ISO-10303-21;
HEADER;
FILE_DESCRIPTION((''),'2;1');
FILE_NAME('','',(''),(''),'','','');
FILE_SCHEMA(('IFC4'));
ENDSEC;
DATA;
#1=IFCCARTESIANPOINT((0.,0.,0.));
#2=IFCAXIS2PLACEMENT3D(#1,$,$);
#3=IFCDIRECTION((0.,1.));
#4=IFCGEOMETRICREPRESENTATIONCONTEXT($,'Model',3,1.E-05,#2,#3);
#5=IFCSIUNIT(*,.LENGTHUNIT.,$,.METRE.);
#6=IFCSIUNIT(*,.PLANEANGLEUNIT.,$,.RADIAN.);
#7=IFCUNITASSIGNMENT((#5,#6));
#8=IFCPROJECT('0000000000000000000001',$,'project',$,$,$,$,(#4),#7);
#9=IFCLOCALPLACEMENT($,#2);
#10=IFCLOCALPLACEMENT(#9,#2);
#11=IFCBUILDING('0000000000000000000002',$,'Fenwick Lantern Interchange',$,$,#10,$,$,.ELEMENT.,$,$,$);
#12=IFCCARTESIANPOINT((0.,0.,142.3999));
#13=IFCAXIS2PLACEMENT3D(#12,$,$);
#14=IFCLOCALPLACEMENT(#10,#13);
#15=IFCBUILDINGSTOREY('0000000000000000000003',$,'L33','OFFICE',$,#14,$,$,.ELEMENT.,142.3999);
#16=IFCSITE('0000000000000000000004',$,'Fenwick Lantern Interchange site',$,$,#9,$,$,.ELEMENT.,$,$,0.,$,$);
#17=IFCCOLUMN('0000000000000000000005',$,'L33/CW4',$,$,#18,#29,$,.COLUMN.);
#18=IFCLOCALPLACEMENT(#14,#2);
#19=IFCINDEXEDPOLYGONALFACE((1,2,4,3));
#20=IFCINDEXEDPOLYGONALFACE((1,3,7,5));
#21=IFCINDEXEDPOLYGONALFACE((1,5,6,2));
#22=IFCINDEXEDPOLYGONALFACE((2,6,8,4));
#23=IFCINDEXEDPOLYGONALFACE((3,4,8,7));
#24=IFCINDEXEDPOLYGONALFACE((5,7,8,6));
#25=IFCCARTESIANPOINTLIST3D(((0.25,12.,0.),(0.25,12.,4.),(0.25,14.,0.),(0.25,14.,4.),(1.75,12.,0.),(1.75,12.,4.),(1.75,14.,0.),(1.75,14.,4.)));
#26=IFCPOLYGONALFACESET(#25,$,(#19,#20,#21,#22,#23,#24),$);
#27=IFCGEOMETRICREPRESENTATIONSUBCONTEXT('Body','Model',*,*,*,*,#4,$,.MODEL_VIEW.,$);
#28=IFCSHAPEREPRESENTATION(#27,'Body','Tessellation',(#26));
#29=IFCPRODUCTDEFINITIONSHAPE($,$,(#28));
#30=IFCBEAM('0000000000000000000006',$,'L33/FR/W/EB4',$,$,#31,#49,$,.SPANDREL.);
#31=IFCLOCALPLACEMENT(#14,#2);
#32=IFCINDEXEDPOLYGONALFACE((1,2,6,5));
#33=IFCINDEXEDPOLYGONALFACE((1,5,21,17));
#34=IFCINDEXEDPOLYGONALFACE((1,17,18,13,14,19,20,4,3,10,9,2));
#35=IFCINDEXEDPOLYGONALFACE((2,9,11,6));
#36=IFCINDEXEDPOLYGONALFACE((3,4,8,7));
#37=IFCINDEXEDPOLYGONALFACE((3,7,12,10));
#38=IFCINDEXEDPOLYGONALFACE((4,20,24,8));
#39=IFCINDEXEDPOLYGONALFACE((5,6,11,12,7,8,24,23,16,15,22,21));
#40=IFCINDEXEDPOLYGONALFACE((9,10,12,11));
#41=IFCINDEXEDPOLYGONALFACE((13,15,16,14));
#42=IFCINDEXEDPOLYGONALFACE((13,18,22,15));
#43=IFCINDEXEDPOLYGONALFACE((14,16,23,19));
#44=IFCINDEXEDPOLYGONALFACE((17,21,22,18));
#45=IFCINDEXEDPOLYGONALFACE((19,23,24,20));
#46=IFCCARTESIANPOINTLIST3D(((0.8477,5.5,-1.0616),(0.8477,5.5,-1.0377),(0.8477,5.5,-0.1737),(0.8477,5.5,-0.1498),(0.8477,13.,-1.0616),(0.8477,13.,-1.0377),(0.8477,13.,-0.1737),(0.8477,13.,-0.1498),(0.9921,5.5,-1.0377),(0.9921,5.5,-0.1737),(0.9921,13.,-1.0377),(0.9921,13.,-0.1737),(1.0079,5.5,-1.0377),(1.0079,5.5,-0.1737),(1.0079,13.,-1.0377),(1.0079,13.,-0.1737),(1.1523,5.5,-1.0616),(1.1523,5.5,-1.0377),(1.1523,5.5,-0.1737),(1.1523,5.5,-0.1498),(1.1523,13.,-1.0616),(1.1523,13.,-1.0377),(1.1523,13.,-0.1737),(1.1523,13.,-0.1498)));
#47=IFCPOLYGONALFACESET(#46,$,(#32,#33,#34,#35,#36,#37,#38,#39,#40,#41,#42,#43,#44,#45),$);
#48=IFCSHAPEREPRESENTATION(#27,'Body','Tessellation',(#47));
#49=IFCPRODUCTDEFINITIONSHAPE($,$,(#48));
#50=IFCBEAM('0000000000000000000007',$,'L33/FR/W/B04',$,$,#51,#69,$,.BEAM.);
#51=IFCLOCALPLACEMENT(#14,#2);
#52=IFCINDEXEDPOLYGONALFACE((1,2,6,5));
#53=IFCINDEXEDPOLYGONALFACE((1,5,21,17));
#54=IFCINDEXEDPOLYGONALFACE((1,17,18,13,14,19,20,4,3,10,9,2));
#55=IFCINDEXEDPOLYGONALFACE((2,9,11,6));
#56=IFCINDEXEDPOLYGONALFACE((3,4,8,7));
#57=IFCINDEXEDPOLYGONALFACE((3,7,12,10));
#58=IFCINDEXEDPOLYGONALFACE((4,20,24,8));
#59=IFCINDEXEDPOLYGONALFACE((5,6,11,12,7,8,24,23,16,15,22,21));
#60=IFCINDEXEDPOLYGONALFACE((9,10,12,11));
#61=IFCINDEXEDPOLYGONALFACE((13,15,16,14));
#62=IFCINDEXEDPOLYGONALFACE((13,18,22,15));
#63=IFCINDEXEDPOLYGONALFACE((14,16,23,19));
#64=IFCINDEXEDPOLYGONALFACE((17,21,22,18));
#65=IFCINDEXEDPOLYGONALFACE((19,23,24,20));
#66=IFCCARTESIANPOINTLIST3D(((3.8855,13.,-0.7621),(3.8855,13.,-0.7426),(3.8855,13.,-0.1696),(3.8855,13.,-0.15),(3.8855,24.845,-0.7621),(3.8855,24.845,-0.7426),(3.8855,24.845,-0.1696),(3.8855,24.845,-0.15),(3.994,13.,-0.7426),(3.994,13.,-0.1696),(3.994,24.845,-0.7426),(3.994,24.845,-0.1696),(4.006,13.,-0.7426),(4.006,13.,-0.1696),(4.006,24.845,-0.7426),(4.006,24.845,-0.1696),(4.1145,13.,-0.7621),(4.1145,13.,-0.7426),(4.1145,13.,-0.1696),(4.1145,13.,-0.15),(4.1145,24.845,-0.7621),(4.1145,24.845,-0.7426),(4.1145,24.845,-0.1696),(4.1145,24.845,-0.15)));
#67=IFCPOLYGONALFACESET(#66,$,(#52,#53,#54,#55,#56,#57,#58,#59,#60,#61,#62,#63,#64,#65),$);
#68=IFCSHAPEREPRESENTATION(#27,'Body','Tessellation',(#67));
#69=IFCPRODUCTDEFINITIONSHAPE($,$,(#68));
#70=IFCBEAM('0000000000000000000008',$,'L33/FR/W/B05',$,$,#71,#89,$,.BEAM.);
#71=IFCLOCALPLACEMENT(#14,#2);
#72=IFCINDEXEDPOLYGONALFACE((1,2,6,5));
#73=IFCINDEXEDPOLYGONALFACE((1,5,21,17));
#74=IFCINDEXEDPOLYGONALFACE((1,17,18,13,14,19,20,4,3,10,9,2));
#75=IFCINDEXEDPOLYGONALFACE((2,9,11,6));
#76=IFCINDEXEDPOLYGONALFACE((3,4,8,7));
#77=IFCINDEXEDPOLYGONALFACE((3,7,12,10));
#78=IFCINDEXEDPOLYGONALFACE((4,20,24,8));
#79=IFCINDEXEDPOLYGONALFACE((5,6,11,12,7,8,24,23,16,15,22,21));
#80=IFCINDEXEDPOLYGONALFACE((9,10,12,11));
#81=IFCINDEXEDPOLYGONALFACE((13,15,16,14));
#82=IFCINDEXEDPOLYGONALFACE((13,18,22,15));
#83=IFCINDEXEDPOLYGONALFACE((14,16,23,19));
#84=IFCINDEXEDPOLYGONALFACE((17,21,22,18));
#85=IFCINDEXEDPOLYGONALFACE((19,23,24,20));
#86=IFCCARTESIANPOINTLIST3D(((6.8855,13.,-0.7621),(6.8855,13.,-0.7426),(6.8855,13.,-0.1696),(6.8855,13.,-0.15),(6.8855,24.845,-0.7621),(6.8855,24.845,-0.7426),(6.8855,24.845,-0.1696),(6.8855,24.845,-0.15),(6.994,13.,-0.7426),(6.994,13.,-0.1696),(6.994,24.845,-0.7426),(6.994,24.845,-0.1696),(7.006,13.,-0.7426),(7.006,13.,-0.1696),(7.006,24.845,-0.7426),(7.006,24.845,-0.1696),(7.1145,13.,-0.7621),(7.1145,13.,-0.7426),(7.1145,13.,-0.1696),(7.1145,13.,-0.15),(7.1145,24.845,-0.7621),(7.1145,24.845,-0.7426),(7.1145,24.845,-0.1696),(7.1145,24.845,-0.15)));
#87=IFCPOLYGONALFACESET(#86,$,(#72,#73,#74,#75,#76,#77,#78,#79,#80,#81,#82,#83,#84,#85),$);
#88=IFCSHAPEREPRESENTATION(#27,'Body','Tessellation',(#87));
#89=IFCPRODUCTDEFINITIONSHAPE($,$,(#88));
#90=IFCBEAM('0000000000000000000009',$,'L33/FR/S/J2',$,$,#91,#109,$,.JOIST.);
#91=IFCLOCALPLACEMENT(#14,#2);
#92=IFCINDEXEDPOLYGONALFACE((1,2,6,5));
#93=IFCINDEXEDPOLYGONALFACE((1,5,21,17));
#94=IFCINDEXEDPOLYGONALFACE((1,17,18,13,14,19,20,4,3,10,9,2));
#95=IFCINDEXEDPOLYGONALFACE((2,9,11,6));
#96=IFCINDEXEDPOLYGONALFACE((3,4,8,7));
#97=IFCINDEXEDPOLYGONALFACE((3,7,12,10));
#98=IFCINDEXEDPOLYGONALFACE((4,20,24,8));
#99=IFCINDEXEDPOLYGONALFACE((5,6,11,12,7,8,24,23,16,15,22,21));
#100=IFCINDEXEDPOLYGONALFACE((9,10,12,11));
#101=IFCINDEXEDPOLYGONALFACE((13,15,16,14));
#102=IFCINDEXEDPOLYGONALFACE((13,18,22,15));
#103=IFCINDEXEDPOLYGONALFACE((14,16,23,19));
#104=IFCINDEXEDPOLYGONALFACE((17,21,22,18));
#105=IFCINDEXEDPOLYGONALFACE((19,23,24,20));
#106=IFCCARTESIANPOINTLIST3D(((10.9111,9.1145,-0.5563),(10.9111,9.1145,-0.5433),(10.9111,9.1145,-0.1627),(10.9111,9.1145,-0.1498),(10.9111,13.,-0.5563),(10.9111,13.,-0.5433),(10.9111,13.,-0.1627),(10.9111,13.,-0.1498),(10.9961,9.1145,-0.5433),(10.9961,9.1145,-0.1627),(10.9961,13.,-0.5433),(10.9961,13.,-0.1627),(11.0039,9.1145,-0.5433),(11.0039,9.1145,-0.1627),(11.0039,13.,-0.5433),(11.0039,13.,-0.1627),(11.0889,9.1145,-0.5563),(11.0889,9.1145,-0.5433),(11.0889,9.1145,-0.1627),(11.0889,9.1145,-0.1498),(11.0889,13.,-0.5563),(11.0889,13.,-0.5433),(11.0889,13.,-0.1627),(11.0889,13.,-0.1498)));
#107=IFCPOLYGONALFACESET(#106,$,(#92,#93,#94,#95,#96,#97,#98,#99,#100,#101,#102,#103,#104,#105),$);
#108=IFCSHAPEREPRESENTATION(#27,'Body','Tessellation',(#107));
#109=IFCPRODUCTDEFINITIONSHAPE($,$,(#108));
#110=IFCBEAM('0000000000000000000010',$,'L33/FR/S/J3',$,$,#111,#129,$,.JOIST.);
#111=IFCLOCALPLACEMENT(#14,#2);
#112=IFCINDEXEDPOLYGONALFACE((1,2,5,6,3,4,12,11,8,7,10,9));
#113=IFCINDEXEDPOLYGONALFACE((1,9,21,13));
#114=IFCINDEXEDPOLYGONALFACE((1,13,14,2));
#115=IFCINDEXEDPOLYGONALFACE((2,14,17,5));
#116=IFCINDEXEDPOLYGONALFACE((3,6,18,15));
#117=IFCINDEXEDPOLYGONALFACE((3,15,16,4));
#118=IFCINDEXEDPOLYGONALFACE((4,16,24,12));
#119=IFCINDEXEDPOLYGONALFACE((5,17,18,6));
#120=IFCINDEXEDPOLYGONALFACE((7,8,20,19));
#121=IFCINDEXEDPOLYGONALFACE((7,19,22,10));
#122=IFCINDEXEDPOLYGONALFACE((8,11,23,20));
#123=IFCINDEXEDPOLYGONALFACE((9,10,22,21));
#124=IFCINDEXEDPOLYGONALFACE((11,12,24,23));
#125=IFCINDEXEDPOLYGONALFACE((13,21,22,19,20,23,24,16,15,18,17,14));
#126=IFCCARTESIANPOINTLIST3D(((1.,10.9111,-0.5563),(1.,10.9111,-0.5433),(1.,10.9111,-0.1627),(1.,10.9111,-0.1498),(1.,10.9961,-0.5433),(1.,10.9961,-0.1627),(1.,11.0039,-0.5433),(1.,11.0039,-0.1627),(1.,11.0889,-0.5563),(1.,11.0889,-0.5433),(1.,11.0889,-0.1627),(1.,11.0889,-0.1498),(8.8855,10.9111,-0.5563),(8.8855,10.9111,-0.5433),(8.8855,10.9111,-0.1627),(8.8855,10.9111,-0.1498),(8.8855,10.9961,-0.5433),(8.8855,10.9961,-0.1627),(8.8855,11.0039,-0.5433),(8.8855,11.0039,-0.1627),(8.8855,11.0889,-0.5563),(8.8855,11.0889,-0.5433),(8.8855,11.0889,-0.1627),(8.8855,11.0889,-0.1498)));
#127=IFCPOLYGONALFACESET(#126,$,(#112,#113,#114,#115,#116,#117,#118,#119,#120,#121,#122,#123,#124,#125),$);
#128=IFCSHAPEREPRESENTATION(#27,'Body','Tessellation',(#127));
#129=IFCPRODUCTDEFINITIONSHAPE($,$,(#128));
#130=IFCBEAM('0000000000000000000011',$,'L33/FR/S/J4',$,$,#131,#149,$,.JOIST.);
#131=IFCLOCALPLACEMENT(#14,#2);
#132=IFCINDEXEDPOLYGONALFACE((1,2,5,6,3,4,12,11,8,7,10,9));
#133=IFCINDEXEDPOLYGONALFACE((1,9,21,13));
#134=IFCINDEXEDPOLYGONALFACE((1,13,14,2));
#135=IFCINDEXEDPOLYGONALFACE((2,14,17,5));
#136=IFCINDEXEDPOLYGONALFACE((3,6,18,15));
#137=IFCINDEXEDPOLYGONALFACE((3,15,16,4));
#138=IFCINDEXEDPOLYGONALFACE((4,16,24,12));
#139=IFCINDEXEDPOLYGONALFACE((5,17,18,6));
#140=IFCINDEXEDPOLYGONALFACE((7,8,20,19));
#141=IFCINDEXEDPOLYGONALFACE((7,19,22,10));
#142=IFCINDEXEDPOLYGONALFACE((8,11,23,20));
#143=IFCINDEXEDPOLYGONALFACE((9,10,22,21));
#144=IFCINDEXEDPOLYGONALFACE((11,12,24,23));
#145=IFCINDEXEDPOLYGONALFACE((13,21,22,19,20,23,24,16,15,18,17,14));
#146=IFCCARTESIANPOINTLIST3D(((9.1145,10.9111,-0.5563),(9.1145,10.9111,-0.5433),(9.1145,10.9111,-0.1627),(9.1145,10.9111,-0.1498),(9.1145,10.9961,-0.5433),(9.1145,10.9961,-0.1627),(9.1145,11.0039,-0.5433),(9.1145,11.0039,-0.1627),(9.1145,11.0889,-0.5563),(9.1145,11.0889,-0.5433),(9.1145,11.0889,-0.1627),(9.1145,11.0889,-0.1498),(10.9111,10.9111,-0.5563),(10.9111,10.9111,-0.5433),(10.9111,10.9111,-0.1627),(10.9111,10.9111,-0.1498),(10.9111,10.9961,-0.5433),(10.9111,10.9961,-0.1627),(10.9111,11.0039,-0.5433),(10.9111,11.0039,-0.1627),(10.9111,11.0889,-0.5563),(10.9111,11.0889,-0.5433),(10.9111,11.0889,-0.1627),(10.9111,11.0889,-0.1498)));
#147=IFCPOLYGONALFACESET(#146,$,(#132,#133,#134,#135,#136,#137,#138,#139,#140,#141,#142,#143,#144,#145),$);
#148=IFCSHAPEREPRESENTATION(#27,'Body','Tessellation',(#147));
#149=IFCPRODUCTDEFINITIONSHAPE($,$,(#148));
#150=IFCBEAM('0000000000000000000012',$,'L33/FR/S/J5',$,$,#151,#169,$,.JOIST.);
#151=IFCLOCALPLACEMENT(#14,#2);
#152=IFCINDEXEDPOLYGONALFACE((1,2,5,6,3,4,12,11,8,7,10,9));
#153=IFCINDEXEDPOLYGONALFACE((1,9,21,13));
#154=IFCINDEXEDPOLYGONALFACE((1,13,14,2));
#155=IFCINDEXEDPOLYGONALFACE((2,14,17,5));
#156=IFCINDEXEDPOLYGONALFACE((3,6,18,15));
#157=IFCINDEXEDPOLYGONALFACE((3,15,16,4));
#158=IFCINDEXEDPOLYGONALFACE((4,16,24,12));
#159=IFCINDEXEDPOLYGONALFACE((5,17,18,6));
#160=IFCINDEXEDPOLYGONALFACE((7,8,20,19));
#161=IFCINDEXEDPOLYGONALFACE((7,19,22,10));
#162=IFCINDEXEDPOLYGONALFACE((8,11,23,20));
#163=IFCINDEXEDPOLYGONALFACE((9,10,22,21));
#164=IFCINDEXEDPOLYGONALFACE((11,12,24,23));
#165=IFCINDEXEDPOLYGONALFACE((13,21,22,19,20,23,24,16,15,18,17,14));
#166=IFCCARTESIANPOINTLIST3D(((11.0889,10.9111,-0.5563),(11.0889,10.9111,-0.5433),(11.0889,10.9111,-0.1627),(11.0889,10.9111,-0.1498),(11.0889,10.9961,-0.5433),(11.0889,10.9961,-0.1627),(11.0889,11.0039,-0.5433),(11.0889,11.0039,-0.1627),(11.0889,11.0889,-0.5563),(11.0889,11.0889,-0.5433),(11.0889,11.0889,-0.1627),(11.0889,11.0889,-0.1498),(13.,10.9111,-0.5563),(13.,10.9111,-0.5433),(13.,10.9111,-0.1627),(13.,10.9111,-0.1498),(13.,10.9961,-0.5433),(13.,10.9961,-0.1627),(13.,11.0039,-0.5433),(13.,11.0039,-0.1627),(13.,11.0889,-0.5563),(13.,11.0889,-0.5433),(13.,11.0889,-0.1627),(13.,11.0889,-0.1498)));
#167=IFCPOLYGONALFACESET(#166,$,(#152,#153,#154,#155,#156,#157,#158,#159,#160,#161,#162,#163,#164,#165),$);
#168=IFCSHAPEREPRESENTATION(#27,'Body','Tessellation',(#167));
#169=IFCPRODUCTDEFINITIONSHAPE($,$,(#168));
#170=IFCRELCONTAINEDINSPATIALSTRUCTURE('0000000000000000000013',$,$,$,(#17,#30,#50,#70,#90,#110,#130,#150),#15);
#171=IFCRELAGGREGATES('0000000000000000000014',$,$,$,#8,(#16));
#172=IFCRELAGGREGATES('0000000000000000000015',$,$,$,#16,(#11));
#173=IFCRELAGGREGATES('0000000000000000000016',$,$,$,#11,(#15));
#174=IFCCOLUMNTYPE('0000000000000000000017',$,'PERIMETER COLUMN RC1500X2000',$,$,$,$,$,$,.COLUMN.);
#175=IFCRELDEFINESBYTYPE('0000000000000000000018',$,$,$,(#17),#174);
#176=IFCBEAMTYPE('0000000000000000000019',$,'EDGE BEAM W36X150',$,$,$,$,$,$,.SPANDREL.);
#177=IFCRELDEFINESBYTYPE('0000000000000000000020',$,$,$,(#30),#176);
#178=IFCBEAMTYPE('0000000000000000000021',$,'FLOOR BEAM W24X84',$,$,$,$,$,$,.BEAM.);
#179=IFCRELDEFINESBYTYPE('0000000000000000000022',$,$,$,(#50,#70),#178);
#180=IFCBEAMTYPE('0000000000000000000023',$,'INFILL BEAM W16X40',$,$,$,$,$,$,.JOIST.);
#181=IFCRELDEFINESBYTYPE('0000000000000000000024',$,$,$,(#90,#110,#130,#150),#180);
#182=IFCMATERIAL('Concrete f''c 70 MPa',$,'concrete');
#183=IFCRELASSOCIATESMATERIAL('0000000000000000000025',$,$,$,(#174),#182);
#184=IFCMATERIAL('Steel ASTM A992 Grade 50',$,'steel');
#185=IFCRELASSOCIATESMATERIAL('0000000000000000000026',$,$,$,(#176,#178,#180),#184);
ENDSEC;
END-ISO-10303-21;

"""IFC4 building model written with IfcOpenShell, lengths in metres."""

from ifc_helpers import new_model, si_unit, direction, frame, origin, origin_2d, place, context, subcontext, project, spatial, rectangle, i_section, extrude, material, material_profile, profile_set, type_object, element, save


model = new_model("IFC4")

# Units and contexts
model_context = context("Model", 3, precision=1e-05, world=origin(), true_north=direction((0.0, 1.0)))
body_context = subcontext(model_context, "Body", "Model", "MODEL_VIEW")
ifc_project = project(units=[si_unit("LENGTHUNIT", "METRE"), si_unit("PLANEANGLEUNIT", "RADIAN")], contexts=[model_context])

# Site, building, storey
site_placement = place(None, origin())
site = spatial("IfcSite", under=ifc_project, at=site_placement, Name="Fenwick Lantern Interchange site", CompositionType="ELEMENT", RefElevation=0.0)
building_placement = place(site_placement, origin())
building = spatial("IfcBuilding", under=site, at=building_placement, Name="Fenwick Lantern Interchange", CompositionType="ELEMENT")
storey_placement = place(building_placement, frame((0.0, 0.0, 142.3999)))
storey = spatial("IfcBuildingStorey", under=building, at=storey_placement, Name="L33", Description="OFFICE", CompositionType="ELEMENT", Elevation=142.3999)

# Column
ifc_material_1 = material(Name="Concrete f'c 70 MPa", Category="concrete")
ifc_material_profile_1 = material_profile(ifc_material_1, rectangle(XDim=1.5, YDim=2.0, at=origin_2d()), Name="RC1500X2000")
ifc_profile_set_1 = profile_set([ifc_material_profile_1], Name="Concrete f'c 70 MPa")
column_type = type_object("IfcColumnType", Name="PERIMETER COLUMN RC1500X2000", PredefinedType="COLUMN", material=ifc_profile_set_1)
column_placement = place(storey_placement, frame((1.0, 13.0, 0.0), z_axis=(0.0, 0.0, 1.0), x_axis=(1.0, 0.0, 0.0)))
element("IfcColumn", 1, at=column_placement, inside=storey, type_object=column_type, Name="L33/CW4", PredefinedType="COLUMN", context=body_context, shape_type="SweptSolid", body=[
    extrude(rectangle(XDim=1.5, YDim=2.0, at=origin_2d()), origin(), (0.0, 0.0, 1.0), 4.0),
])

# Beams
ifc_material_2 = material(Name="Steel ASTM A992 Grade 50", Category="steel")
ifc_material_profile_2 = material_profile(ifc_material_2, i_section(OverallWidth=0.3047, OverallDepth=0.9119, WebThickness=0.0159, FlangeThickness=0.0239, at=origin_2d()), Name="W36X150")
ifc_profile_set_2 = profile_set([ifc_material_profile_2], Name="Steel ASTM A992 Grade 50")
beam_type_1 = type_object("IfcBeamType", Name="EDGE BEAM W36X150", PredefinedType="SPANDREL", material=ifc_profile_set_2)
beam_1_placement = place(storey_placement, frame((1.0, 13.0, -0.6057), z_axis=(0.0, -1.0, 0.0), x_axis=(1.0, 0.0, 0.0)))
element("IfcBeam", 2, at=beam_1_placement, inside=storey, type_object=beam_type_1, Name="L33/FR/W/EB4", PredefinedType="SPANDREL", context=body_context, shape_type="SweptSolid", body=[
    extrude(i_section(OverallWidth=0.3047, OverallDepth=0.9119, WebThickness=0.0159, FlangeThickness=0.0239, at=origin_2d()), origin(), (0.0, 0.0, 1.0), 7.5),
])
ifc_material_profile_3 = material_profile(ifc_material_2, i_section(OverallWidth=0.229, OverallDepth=0.6121, WebThickness=0.012, FlangeThickness=0.0195, at=origin_2d()), Name="W24X84")
ifc_profile_set_3 = profile_set([ifc_material_profile_3], Name="Steel ASTM A992 Grade 50")
beam_type_2 = type_object("IfcBeamType", Name="FLOOR BEAM W24X84", PredefinedType="BEAM", material=ifc_profile_set_3)
for number, where, z_axis, x_axis, name in (
    (3, (4.0, 24.845, -0.4561), (0.0, -1.0, 0.0), (1.0, 0.0, 0.0), "L33/FR/W/B04"),
    (4, (7.0, 24.845, -0.4561), (0.0, -1.0, 0.0), (1.0, 0.0, 0.0), "L33/FR/W/B05"),
):
    element("IfcBeam", number, at=place(storey_placement, frame(where, z_axis=z_axis, x_axis=x_axis)), inside=storey, type_object=beam_type_2, Name=name, PredefinedType="BEAM", context=body_context, shape_type="SweptSolid", body=[
        extrude(i_section(OverallWidth=0.229, OverallDepth=0.6121, WebThickness=0.012, FlangeThickness=0.0195, at=origin_2d()), origin(), (0.0, 0.0, 1.0), 11.845),
    ])
ifc_material_profile_4 = material_profile(ifc_material_2, i_section(OverallWidth=0.1777, OverallDepth=0.4065, WebThickness=0.0078, FlangeThickness=0.0129, at=origin_2d()), Name="W16X40")
ifc_profile_set_4 = profile_set([ifc_material_profile_4], Name="Steel ASTM A992 Grade 50")
beam_type_3 = type_object("IfcBeamType", Name="INFILL BEAM W16X40", PredefinedType="JOIST", material=ifc_profile_set_4)
beam_2_placement = place(storey_placement, frame((11.0, 9.1145, -0.353), z_axis=(0.0, 1.0, 0.0), x_axis=(-1.0, 0.0, 0.0)))
element("IfcBeam", 5, at=beam_2_placement, inside=storey, type_object=beam_type_3, Name="L33/FR/S/J2", PredefinedType="JOIST", context=body_context, shape_type="SweptSolid", body=[
    extrude(i_section(OverallWidth=0.1777, OverallDepth=0.4065, WebThickness=0.0078, FlangeThickness=0.0129, at=origin_2d()), origin(), (0.0, 0.0, 1.0), 3.8855),
])
beam_3_placement = place(storey_placement, frame((1.0, 11.0, -0.353), z_axis=(1.0, 0.0, 0.0), x_axis=(0.0, 1.0, 0.0)))
element("IfcBeam", 6, at=beam_3_placement, inside=storey, type_object=beam_type_3, Name="L33/FR/S/J3", PredefinedType="JOIST", context=body_context, shape_type="SweptSolid", body=[
    extrude(i_section(OverallWidth=0.1777, OverallDepth=0.4065, WebThickness=0.0078, FlangeThickness=0.0129, at=origin_2d()), origin(), (0.0, 0.0, 1.0), 7.8855),
])
beam_4_placement = place(storey_placement, frame((9.1145, 11.0, -0.353), z_axis=(1.0, 0.0, 0.0), x_axis=(0.0, 1.0, 0.0)))
element("IfcBeam", 7, at=beam_4_placement, inside=storey, type_object=beam_type_3, Name="L33/FR/S/J4", PredefinedType="JOIST", context=body_context, shape_type="SweptSolid", body=[
    extrude(i_section(OverallWidth=0.1777, OverallDepth=0.4065, WebThickness=0.0078, FlangeThickness=0.0129, at=origin_2d()), origin(), (0.0, 0.0, 1.0), 1.7966),
])
beam_5_placement = place(storey_placement, frame((11.0889, 11.0, -0.353), z_axis=(1.0, 0.0, 0.0), x_axis=(0.0, 1.0, 0.0)))
element("IfcBeam", 8, at=beam_5_placement, inside=storey, type_object=beam_type_3, Name="L33/FR/S/J5", PredefinedType="JOIST", context=body_context, shape_type="SweptSolid", body=[
    extrude(i_section(OverallWidth=0.1777, OverallDepth=0.4065, WebThickness=0.0078, FlangeThickness=0.0129, at=origin_2d()), origin(), (0.0, 0.0, 1.0), 1.9111),
])

save(model, "model.ifc")
